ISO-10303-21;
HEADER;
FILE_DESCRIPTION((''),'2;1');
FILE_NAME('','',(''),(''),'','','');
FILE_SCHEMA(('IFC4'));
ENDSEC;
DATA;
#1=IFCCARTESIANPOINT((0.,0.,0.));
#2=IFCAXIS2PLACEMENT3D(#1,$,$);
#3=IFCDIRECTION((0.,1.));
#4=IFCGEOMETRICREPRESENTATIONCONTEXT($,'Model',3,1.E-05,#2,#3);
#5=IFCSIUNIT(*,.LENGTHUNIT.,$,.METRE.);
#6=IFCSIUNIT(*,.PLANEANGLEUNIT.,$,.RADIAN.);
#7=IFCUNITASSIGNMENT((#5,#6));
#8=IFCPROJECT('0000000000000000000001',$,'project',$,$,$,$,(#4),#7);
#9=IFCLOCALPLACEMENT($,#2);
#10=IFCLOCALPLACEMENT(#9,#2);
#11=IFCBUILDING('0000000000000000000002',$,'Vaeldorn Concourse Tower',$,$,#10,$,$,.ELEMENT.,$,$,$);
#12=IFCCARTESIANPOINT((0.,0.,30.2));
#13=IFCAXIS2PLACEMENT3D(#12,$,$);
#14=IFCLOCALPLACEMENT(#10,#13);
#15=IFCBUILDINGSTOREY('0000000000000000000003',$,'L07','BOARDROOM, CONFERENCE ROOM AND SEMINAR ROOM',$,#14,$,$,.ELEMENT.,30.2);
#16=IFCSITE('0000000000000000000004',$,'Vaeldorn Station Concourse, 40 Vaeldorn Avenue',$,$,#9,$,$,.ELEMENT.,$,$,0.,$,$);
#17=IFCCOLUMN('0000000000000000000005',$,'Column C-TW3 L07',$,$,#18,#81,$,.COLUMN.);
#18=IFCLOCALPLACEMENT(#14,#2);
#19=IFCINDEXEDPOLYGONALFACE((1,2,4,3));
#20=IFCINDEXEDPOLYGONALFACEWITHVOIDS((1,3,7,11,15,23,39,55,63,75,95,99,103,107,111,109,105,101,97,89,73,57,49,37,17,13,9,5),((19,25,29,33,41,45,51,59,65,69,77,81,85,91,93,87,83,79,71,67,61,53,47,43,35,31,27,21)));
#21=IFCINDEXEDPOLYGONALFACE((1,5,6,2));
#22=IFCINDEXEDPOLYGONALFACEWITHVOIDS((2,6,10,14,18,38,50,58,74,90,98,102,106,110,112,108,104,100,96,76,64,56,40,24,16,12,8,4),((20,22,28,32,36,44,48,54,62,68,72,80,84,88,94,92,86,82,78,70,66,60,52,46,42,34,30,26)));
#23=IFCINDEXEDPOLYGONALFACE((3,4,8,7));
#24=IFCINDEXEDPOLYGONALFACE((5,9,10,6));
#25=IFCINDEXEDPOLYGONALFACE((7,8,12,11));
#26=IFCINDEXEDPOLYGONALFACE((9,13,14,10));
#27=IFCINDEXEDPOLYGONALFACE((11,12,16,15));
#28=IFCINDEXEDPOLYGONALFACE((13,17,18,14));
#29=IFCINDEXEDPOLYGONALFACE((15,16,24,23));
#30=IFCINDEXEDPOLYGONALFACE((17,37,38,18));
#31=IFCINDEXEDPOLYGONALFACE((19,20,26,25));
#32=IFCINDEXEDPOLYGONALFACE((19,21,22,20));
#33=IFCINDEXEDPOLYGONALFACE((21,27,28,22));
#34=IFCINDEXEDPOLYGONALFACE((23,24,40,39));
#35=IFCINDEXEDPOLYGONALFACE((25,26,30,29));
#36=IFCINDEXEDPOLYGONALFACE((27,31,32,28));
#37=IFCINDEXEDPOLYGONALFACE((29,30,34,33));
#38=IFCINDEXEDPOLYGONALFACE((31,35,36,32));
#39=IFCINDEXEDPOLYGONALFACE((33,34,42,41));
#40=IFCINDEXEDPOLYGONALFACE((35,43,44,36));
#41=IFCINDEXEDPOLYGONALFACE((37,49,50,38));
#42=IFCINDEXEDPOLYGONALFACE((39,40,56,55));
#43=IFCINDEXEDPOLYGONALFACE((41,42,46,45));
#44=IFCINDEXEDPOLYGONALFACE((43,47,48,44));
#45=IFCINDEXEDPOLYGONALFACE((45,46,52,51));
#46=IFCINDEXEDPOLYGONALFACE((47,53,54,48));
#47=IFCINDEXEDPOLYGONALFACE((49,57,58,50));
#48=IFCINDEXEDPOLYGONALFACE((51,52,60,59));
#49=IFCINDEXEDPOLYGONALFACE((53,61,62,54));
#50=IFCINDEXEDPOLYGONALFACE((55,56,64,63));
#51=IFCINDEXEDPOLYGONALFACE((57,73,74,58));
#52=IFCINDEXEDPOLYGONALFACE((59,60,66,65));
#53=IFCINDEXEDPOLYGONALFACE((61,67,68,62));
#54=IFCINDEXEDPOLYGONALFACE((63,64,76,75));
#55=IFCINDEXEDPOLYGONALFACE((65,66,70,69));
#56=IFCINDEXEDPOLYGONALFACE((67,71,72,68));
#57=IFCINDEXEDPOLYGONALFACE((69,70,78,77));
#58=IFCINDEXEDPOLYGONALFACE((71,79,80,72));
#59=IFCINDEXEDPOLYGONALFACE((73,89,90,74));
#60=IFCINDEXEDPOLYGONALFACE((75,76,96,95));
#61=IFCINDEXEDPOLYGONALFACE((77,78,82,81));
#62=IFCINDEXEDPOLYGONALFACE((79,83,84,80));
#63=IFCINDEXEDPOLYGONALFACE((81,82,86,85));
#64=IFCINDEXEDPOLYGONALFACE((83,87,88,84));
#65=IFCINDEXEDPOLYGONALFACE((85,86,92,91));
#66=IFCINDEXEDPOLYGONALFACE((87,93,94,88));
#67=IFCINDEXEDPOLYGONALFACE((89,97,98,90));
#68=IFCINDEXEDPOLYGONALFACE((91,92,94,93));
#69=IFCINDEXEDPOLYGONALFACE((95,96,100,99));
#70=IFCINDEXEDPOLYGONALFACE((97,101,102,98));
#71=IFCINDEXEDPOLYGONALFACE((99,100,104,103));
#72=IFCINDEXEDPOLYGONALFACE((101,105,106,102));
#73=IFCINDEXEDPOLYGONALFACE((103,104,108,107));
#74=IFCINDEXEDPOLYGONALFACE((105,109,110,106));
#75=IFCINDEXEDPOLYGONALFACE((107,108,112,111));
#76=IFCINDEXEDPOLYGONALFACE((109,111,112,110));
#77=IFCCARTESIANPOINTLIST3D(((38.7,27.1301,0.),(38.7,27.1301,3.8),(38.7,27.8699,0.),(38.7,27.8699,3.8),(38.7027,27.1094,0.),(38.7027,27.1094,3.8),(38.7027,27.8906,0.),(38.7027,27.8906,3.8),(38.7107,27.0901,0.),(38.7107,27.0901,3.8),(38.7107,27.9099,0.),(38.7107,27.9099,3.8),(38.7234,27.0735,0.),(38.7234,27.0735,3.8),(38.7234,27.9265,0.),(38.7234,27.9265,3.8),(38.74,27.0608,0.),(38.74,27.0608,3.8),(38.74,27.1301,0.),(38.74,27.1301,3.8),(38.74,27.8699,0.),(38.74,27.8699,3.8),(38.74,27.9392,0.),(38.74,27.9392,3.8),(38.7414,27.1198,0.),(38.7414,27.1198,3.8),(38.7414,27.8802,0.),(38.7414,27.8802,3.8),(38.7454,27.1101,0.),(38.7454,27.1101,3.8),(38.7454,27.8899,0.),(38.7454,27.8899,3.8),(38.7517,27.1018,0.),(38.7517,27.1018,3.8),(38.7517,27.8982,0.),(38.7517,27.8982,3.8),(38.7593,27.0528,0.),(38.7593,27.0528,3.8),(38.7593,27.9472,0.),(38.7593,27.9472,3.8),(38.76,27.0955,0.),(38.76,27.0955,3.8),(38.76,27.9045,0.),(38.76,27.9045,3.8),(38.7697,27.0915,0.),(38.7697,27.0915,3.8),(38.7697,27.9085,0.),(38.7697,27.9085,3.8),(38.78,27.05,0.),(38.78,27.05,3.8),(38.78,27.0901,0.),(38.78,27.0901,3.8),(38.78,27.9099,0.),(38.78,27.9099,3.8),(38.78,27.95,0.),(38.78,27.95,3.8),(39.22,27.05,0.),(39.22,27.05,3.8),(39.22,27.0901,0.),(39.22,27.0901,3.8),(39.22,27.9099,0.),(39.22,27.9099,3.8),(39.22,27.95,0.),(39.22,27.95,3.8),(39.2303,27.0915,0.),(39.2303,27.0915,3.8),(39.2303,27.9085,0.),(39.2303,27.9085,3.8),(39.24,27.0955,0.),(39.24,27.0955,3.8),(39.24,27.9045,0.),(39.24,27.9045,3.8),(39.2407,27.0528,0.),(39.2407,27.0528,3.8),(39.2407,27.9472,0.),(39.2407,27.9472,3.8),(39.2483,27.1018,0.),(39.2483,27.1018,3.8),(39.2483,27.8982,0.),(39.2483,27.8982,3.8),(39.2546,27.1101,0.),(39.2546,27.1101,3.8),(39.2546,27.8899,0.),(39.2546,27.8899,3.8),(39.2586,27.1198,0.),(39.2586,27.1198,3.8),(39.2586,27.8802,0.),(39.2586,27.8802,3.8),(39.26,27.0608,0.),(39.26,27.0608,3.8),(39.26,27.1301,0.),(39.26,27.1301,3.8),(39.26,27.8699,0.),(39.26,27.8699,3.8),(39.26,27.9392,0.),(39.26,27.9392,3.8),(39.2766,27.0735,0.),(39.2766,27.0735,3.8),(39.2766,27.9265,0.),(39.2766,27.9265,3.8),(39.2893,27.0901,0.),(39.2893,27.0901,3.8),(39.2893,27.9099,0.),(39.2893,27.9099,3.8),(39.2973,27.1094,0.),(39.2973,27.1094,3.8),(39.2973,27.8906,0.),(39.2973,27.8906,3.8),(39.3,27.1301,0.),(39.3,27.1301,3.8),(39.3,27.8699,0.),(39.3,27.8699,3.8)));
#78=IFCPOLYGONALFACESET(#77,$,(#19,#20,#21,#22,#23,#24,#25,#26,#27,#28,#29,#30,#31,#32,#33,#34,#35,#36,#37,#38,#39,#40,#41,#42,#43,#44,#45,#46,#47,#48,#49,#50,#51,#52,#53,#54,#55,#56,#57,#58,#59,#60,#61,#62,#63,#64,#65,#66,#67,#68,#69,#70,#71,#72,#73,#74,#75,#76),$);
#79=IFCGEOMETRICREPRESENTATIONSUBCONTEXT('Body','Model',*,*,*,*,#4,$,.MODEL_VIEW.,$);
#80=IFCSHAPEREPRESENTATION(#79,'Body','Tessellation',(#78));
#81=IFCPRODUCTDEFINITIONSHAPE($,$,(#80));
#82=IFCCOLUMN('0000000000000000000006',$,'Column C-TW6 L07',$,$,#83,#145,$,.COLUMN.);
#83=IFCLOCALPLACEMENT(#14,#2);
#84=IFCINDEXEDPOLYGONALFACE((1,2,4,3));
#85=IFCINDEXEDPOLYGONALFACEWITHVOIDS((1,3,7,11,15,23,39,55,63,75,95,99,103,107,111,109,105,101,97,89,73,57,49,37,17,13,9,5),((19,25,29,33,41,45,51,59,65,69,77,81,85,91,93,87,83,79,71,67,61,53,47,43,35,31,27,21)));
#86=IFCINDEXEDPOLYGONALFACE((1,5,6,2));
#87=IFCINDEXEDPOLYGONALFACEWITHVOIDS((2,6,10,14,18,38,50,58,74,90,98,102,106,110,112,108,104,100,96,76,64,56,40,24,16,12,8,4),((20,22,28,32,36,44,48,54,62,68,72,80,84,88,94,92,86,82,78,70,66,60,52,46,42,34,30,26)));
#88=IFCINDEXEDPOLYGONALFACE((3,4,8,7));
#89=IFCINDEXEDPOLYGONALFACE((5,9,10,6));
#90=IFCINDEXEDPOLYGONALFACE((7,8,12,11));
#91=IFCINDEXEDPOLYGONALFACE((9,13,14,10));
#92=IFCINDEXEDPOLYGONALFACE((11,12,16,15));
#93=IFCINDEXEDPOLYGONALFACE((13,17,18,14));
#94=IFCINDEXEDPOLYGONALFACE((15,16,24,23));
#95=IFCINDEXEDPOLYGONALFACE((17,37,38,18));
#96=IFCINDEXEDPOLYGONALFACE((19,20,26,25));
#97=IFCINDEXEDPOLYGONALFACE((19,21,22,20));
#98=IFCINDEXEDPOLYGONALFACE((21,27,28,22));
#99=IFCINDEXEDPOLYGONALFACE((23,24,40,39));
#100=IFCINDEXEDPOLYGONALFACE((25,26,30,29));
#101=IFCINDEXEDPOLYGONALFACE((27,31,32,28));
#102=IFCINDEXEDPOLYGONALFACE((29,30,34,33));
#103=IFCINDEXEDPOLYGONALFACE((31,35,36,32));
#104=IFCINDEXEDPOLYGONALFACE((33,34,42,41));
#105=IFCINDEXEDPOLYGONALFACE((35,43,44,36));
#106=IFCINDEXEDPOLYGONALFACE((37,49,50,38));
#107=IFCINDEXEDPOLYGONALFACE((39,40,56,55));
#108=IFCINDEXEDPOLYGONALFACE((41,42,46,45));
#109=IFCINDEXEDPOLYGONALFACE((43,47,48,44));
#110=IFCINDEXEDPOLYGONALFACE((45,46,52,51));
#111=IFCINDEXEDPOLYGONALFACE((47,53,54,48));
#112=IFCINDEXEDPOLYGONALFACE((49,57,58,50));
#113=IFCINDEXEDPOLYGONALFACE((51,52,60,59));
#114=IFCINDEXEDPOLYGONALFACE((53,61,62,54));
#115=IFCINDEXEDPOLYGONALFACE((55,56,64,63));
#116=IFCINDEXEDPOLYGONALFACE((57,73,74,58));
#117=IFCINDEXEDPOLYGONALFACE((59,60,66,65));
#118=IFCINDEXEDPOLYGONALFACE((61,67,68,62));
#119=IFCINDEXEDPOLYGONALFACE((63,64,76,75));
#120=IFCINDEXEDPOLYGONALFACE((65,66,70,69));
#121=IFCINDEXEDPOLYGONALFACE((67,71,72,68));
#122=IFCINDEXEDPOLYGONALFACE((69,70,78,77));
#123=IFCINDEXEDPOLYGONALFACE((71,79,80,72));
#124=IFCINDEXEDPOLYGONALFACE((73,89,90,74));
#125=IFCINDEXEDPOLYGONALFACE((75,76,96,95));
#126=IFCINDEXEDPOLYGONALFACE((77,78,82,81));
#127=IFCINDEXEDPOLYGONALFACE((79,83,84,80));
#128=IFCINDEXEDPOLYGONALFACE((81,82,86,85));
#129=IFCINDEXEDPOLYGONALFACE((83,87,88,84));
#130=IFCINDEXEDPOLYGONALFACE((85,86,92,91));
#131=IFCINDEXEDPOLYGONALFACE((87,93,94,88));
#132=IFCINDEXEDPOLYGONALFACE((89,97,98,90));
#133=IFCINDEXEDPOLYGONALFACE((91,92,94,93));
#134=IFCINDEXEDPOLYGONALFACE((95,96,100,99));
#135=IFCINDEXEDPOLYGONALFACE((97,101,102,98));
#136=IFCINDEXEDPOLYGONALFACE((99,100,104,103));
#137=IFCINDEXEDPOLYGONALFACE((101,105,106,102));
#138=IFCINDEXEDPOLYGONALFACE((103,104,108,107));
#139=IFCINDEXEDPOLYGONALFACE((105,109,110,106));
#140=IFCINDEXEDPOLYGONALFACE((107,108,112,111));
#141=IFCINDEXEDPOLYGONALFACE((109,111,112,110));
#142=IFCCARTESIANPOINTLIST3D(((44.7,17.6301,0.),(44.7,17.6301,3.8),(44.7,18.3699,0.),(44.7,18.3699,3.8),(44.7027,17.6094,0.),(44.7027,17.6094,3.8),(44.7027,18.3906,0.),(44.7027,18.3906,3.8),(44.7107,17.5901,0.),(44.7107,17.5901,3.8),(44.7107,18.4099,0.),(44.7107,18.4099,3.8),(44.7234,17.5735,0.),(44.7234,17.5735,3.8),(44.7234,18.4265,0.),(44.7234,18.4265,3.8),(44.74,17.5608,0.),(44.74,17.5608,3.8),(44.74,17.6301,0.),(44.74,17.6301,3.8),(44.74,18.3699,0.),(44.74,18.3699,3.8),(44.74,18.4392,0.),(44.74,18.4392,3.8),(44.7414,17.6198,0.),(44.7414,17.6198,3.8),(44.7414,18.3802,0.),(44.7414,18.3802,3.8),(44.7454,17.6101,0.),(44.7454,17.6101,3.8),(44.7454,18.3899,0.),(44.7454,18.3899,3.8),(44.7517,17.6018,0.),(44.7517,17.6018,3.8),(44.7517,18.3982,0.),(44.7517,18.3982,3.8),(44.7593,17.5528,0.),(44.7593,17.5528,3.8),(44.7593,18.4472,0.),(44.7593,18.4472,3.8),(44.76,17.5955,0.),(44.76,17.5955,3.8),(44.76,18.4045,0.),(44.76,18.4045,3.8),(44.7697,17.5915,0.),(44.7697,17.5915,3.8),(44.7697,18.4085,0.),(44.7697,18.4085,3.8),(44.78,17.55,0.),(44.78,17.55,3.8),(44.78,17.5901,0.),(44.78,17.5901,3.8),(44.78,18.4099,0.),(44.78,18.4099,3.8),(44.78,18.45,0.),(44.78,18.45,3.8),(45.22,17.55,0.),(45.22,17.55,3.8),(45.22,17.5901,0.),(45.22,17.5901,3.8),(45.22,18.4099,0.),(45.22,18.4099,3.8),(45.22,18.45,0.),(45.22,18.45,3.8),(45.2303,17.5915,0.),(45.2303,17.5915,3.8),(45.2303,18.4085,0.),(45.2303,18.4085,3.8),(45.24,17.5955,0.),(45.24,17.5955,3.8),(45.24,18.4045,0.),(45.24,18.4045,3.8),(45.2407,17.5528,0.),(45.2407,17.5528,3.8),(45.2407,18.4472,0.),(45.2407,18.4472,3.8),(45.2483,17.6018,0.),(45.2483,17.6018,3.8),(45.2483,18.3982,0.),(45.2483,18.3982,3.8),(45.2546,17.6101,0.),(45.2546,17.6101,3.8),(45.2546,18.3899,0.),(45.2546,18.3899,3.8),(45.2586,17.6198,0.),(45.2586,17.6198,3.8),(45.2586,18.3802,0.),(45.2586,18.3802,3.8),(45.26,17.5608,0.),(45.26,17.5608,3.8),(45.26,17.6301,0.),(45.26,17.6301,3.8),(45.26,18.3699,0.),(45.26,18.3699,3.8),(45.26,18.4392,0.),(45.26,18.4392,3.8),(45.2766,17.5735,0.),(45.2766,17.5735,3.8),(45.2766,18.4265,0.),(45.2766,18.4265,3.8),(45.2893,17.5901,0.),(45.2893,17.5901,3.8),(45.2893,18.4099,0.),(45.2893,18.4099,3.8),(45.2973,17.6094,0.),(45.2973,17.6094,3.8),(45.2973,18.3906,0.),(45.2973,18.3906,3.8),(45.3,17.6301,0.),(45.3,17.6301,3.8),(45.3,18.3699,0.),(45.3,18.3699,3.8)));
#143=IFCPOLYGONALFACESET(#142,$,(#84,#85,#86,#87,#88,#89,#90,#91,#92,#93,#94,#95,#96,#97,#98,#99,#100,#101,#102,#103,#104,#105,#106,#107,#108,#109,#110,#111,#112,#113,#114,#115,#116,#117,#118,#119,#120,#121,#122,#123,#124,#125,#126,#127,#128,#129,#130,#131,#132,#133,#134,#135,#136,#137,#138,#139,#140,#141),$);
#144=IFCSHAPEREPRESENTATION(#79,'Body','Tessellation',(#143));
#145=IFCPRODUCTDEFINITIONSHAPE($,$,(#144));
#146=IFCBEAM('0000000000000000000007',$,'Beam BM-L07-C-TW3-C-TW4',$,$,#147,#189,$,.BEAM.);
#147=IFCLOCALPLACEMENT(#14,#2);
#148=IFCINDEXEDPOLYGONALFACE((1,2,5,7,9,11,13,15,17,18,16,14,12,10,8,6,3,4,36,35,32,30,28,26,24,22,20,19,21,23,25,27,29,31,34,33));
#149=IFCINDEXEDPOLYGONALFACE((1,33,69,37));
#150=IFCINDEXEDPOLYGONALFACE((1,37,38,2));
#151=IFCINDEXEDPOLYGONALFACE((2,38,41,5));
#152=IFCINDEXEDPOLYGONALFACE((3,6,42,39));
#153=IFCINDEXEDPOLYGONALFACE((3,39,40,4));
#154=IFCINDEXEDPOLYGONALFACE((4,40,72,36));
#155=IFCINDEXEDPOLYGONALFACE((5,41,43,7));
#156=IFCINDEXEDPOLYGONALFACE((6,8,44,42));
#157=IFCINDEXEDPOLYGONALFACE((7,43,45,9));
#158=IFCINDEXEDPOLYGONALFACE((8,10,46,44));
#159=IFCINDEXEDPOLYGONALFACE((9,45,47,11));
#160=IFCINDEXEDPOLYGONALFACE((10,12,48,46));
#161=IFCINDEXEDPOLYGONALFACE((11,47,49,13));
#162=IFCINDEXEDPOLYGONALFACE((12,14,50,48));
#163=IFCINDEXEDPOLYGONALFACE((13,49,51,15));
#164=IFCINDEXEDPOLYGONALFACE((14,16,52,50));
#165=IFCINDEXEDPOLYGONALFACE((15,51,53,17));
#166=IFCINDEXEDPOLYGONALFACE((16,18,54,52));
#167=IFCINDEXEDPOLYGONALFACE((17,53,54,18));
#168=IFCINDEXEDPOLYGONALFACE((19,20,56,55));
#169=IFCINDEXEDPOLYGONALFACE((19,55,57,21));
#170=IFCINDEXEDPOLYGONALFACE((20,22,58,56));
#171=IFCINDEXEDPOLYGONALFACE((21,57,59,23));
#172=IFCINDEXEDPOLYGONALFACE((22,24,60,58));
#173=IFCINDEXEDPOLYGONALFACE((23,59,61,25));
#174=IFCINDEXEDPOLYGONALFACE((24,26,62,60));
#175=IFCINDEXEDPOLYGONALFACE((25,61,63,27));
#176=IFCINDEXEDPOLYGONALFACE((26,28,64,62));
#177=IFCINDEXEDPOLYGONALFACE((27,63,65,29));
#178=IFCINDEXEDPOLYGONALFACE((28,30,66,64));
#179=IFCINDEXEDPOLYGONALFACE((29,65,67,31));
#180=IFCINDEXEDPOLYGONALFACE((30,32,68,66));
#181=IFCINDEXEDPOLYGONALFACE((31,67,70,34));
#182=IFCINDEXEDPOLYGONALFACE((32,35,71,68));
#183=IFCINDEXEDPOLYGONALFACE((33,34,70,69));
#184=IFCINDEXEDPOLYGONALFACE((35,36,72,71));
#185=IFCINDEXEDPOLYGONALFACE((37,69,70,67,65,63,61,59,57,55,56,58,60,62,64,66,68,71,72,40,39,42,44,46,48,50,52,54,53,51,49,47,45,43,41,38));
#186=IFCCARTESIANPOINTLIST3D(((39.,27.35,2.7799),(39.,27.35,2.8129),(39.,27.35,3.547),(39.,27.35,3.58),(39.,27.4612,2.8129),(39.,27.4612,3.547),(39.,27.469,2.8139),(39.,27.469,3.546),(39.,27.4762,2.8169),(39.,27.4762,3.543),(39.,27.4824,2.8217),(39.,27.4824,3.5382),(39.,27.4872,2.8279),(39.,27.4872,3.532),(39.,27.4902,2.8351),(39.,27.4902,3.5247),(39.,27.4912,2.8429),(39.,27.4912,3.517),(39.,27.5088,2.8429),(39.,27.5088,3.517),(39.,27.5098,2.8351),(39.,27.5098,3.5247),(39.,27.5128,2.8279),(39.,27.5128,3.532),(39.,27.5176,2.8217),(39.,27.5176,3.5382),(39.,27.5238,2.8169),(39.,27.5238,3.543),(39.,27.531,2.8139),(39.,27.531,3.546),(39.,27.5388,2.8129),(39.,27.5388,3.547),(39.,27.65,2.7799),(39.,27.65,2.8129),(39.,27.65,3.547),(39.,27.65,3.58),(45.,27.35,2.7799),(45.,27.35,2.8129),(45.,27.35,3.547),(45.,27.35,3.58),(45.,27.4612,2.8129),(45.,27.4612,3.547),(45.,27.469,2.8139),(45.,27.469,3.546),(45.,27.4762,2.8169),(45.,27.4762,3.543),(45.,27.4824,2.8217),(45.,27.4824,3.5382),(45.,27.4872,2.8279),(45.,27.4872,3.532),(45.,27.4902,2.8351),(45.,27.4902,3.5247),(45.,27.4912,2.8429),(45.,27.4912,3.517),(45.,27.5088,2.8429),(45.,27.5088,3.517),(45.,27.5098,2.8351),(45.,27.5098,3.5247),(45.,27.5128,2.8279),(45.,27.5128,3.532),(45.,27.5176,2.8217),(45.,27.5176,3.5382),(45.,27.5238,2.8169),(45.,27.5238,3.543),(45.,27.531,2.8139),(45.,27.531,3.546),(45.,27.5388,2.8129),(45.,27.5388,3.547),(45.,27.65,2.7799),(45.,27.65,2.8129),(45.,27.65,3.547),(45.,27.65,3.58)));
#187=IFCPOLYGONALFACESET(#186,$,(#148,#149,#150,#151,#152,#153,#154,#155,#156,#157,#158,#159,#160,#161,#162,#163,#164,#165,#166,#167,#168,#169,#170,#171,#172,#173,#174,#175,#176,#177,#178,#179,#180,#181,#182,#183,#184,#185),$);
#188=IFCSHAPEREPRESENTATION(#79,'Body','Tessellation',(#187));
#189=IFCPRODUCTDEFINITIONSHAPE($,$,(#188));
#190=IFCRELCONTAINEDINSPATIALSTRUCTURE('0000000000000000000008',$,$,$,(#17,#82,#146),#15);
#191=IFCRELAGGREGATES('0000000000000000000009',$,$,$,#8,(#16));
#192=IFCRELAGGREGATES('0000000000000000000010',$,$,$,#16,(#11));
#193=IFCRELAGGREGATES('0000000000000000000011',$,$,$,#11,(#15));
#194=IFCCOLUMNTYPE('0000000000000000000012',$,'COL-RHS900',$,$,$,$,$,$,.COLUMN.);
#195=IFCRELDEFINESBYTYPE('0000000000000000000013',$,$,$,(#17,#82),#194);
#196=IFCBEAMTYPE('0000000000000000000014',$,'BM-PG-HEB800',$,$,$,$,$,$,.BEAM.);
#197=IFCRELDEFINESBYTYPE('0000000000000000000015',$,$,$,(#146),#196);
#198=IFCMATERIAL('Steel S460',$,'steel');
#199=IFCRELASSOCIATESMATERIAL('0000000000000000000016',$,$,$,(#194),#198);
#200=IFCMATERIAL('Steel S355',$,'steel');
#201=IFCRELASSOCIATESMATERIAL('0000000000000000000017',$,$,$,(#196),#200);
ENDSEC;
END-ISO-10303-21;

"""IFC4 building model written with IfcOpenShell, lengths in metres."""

from ifc_helpers import new_model, si_unit, direction, frame, origin, origin_2d, place, context, subcontext, project, spatial, hollow_rectangle, i_section, extrude, source, transform, mapped, material, material_profile, profile_set, type_object, element, save


model = new_model("IFC4")

# Units and contexts
model_context = context("Model", 3, precision=1e-05, world=origin(), true_north=direction((0.0, 1.0)))
body_context = subcontext(model_context, "Body", "Model", "MODEL_VIEW")
ifc_project = project(units=[si_unit("LENGTHUNIT", "METRE"), si_unit("PLANEANGLEUNIT", "RADIAN")], contexts=[model_context])

# Site, building, storey
site_placement = place(None, origin())
site = spatial("IfcSite", under=ifc_project, at=site_placement, Name="Vaeldorn Station Concourse, 40 Vaeldorn Avenue", CompositionType="ELEMENT", RefElevation=0.0)
building_placement = place(site_placement, origin())
building = spatial("IfcBuilding", under=site, at=building_placement, Name="Vaeldorn Concourse Tower", CompositionType="ELEMENT")
storey_placement = place(building_placement, frame((0.0, 0.0, 30.2)))
storey = spatial("IfcBuildingStorey", under=building, at=storey_placement, Name="L07", Description="BOARDROOM, CONFERENCE ROOM AND SEMINAR ROOM", CompositionType="ELEMENT", Elevation=30.2)

# Columns
ifc_material_1 = material(Name="Steel S460", Category="steel")
ifc_material_profile_1 = material_profile(ifc_material_1, hollow_rectangle(XDim=0.6001, YDim=0.8999, WallThickness=0.04, InnerFilletRadius=0.04, OuterFilletRadius=0.0801, at=origin_2d()), Name="RHS 900x600x40")
ifc_profile_set_1 = profile_set([ifc_material_profile_1], Name="Steel S460")
column_type_1 = type_object("IfcColumnType", Name="COL-RHS900", PredefinedType="COLUMN", material=ifc_profile_set_1)
shared_shape_1 = source(origin(), body_context, "Body", "SweptSolid", [
    extrude(hollow_rectangle(XDim=0.6001, YDim=0.8999, WallThickness=0.04, InnerFilletRadius=0.04, OuterFilletRadius=0.0801, at=origin_2d()), origin(), (0.0, 0.0, 1.0), 3.8),
])
for number, where, z_axis, x_axis, name in (
    (1, (39.0, 27.5, 0.0), (0.0, 0.0, 1.0), (1.0, 0.0, 0.0), "Column C-TW3 L07"),
    (2, (45.0, 18.0, 0.0), (0.0, 0.0, 1.0), (1.0, 0.0, 0.0), "Column C-TW6 L07"),
):
    element("IfcColumn", number, at=place(storey_placement, frame(where, z_axis=z_axis, x_axis=x_axis)), inside=storey, type_object=column_type_1, Name=name, PredefinedType="COLUMN", context=body_context, shape_type="MappedRepresentation", body=[
        mapped(shared_shape_1, transform((0.0, 0.0, 0.0), scale=1.0)),
    ])

# Beam
ifc_material_2 = material(Name="Steel S355", Category="steel")
ifc_material_profile_2 = material_profile(ifc_material_2, i_section(OverallWidth=0.3, OverallDepth=0.8, WebThickness=0.0176, FlangeThickness=0.033, FilletRadius=0.03, at=origin_2d()), Name="HEB 800")
ifc_profile_set_2 = profile_set([ifc_material_profile_2], Name="Steel S355")
beam_type_1 = type_object("IfcBeamType", Name="BM-PG-HEB800", PredefinedType="BEAM", material=ifc_profile_set_2)
shared_shape_2 = source(origin(), body_context, "Body", "SweptSolid", [
    extrude(i_section(OverallWidth=0.3, OverallDepth=0.8, WebThickness=0.0176, FlangeThickness=0.033, FilletRadius=0.03, at=origin_2d()), origin(), (0.0, 0.0, 1.0), 6.0),
])
beam_1_placement = place(storey_placement, frame((39.0, 27.5, 3.1799), z_axis=(1.0, 0.0, 0.0), x_axis=(0.0, 1.0, 0.0)))
element("IfcBeam", 3, at=beam_1_placement, inside=storey, type_object=beam_type_1, Name="Beam BM-L07-C-TW3-C-TW4", PredefinedType="BEAM", context=body_context, shape_type="MappedRepresentation", body=[
    mapped(shared_shape_2, transform((0.0, 0.0, 0.0), scale=1.0)),
])

save(model, "model.ifc")
